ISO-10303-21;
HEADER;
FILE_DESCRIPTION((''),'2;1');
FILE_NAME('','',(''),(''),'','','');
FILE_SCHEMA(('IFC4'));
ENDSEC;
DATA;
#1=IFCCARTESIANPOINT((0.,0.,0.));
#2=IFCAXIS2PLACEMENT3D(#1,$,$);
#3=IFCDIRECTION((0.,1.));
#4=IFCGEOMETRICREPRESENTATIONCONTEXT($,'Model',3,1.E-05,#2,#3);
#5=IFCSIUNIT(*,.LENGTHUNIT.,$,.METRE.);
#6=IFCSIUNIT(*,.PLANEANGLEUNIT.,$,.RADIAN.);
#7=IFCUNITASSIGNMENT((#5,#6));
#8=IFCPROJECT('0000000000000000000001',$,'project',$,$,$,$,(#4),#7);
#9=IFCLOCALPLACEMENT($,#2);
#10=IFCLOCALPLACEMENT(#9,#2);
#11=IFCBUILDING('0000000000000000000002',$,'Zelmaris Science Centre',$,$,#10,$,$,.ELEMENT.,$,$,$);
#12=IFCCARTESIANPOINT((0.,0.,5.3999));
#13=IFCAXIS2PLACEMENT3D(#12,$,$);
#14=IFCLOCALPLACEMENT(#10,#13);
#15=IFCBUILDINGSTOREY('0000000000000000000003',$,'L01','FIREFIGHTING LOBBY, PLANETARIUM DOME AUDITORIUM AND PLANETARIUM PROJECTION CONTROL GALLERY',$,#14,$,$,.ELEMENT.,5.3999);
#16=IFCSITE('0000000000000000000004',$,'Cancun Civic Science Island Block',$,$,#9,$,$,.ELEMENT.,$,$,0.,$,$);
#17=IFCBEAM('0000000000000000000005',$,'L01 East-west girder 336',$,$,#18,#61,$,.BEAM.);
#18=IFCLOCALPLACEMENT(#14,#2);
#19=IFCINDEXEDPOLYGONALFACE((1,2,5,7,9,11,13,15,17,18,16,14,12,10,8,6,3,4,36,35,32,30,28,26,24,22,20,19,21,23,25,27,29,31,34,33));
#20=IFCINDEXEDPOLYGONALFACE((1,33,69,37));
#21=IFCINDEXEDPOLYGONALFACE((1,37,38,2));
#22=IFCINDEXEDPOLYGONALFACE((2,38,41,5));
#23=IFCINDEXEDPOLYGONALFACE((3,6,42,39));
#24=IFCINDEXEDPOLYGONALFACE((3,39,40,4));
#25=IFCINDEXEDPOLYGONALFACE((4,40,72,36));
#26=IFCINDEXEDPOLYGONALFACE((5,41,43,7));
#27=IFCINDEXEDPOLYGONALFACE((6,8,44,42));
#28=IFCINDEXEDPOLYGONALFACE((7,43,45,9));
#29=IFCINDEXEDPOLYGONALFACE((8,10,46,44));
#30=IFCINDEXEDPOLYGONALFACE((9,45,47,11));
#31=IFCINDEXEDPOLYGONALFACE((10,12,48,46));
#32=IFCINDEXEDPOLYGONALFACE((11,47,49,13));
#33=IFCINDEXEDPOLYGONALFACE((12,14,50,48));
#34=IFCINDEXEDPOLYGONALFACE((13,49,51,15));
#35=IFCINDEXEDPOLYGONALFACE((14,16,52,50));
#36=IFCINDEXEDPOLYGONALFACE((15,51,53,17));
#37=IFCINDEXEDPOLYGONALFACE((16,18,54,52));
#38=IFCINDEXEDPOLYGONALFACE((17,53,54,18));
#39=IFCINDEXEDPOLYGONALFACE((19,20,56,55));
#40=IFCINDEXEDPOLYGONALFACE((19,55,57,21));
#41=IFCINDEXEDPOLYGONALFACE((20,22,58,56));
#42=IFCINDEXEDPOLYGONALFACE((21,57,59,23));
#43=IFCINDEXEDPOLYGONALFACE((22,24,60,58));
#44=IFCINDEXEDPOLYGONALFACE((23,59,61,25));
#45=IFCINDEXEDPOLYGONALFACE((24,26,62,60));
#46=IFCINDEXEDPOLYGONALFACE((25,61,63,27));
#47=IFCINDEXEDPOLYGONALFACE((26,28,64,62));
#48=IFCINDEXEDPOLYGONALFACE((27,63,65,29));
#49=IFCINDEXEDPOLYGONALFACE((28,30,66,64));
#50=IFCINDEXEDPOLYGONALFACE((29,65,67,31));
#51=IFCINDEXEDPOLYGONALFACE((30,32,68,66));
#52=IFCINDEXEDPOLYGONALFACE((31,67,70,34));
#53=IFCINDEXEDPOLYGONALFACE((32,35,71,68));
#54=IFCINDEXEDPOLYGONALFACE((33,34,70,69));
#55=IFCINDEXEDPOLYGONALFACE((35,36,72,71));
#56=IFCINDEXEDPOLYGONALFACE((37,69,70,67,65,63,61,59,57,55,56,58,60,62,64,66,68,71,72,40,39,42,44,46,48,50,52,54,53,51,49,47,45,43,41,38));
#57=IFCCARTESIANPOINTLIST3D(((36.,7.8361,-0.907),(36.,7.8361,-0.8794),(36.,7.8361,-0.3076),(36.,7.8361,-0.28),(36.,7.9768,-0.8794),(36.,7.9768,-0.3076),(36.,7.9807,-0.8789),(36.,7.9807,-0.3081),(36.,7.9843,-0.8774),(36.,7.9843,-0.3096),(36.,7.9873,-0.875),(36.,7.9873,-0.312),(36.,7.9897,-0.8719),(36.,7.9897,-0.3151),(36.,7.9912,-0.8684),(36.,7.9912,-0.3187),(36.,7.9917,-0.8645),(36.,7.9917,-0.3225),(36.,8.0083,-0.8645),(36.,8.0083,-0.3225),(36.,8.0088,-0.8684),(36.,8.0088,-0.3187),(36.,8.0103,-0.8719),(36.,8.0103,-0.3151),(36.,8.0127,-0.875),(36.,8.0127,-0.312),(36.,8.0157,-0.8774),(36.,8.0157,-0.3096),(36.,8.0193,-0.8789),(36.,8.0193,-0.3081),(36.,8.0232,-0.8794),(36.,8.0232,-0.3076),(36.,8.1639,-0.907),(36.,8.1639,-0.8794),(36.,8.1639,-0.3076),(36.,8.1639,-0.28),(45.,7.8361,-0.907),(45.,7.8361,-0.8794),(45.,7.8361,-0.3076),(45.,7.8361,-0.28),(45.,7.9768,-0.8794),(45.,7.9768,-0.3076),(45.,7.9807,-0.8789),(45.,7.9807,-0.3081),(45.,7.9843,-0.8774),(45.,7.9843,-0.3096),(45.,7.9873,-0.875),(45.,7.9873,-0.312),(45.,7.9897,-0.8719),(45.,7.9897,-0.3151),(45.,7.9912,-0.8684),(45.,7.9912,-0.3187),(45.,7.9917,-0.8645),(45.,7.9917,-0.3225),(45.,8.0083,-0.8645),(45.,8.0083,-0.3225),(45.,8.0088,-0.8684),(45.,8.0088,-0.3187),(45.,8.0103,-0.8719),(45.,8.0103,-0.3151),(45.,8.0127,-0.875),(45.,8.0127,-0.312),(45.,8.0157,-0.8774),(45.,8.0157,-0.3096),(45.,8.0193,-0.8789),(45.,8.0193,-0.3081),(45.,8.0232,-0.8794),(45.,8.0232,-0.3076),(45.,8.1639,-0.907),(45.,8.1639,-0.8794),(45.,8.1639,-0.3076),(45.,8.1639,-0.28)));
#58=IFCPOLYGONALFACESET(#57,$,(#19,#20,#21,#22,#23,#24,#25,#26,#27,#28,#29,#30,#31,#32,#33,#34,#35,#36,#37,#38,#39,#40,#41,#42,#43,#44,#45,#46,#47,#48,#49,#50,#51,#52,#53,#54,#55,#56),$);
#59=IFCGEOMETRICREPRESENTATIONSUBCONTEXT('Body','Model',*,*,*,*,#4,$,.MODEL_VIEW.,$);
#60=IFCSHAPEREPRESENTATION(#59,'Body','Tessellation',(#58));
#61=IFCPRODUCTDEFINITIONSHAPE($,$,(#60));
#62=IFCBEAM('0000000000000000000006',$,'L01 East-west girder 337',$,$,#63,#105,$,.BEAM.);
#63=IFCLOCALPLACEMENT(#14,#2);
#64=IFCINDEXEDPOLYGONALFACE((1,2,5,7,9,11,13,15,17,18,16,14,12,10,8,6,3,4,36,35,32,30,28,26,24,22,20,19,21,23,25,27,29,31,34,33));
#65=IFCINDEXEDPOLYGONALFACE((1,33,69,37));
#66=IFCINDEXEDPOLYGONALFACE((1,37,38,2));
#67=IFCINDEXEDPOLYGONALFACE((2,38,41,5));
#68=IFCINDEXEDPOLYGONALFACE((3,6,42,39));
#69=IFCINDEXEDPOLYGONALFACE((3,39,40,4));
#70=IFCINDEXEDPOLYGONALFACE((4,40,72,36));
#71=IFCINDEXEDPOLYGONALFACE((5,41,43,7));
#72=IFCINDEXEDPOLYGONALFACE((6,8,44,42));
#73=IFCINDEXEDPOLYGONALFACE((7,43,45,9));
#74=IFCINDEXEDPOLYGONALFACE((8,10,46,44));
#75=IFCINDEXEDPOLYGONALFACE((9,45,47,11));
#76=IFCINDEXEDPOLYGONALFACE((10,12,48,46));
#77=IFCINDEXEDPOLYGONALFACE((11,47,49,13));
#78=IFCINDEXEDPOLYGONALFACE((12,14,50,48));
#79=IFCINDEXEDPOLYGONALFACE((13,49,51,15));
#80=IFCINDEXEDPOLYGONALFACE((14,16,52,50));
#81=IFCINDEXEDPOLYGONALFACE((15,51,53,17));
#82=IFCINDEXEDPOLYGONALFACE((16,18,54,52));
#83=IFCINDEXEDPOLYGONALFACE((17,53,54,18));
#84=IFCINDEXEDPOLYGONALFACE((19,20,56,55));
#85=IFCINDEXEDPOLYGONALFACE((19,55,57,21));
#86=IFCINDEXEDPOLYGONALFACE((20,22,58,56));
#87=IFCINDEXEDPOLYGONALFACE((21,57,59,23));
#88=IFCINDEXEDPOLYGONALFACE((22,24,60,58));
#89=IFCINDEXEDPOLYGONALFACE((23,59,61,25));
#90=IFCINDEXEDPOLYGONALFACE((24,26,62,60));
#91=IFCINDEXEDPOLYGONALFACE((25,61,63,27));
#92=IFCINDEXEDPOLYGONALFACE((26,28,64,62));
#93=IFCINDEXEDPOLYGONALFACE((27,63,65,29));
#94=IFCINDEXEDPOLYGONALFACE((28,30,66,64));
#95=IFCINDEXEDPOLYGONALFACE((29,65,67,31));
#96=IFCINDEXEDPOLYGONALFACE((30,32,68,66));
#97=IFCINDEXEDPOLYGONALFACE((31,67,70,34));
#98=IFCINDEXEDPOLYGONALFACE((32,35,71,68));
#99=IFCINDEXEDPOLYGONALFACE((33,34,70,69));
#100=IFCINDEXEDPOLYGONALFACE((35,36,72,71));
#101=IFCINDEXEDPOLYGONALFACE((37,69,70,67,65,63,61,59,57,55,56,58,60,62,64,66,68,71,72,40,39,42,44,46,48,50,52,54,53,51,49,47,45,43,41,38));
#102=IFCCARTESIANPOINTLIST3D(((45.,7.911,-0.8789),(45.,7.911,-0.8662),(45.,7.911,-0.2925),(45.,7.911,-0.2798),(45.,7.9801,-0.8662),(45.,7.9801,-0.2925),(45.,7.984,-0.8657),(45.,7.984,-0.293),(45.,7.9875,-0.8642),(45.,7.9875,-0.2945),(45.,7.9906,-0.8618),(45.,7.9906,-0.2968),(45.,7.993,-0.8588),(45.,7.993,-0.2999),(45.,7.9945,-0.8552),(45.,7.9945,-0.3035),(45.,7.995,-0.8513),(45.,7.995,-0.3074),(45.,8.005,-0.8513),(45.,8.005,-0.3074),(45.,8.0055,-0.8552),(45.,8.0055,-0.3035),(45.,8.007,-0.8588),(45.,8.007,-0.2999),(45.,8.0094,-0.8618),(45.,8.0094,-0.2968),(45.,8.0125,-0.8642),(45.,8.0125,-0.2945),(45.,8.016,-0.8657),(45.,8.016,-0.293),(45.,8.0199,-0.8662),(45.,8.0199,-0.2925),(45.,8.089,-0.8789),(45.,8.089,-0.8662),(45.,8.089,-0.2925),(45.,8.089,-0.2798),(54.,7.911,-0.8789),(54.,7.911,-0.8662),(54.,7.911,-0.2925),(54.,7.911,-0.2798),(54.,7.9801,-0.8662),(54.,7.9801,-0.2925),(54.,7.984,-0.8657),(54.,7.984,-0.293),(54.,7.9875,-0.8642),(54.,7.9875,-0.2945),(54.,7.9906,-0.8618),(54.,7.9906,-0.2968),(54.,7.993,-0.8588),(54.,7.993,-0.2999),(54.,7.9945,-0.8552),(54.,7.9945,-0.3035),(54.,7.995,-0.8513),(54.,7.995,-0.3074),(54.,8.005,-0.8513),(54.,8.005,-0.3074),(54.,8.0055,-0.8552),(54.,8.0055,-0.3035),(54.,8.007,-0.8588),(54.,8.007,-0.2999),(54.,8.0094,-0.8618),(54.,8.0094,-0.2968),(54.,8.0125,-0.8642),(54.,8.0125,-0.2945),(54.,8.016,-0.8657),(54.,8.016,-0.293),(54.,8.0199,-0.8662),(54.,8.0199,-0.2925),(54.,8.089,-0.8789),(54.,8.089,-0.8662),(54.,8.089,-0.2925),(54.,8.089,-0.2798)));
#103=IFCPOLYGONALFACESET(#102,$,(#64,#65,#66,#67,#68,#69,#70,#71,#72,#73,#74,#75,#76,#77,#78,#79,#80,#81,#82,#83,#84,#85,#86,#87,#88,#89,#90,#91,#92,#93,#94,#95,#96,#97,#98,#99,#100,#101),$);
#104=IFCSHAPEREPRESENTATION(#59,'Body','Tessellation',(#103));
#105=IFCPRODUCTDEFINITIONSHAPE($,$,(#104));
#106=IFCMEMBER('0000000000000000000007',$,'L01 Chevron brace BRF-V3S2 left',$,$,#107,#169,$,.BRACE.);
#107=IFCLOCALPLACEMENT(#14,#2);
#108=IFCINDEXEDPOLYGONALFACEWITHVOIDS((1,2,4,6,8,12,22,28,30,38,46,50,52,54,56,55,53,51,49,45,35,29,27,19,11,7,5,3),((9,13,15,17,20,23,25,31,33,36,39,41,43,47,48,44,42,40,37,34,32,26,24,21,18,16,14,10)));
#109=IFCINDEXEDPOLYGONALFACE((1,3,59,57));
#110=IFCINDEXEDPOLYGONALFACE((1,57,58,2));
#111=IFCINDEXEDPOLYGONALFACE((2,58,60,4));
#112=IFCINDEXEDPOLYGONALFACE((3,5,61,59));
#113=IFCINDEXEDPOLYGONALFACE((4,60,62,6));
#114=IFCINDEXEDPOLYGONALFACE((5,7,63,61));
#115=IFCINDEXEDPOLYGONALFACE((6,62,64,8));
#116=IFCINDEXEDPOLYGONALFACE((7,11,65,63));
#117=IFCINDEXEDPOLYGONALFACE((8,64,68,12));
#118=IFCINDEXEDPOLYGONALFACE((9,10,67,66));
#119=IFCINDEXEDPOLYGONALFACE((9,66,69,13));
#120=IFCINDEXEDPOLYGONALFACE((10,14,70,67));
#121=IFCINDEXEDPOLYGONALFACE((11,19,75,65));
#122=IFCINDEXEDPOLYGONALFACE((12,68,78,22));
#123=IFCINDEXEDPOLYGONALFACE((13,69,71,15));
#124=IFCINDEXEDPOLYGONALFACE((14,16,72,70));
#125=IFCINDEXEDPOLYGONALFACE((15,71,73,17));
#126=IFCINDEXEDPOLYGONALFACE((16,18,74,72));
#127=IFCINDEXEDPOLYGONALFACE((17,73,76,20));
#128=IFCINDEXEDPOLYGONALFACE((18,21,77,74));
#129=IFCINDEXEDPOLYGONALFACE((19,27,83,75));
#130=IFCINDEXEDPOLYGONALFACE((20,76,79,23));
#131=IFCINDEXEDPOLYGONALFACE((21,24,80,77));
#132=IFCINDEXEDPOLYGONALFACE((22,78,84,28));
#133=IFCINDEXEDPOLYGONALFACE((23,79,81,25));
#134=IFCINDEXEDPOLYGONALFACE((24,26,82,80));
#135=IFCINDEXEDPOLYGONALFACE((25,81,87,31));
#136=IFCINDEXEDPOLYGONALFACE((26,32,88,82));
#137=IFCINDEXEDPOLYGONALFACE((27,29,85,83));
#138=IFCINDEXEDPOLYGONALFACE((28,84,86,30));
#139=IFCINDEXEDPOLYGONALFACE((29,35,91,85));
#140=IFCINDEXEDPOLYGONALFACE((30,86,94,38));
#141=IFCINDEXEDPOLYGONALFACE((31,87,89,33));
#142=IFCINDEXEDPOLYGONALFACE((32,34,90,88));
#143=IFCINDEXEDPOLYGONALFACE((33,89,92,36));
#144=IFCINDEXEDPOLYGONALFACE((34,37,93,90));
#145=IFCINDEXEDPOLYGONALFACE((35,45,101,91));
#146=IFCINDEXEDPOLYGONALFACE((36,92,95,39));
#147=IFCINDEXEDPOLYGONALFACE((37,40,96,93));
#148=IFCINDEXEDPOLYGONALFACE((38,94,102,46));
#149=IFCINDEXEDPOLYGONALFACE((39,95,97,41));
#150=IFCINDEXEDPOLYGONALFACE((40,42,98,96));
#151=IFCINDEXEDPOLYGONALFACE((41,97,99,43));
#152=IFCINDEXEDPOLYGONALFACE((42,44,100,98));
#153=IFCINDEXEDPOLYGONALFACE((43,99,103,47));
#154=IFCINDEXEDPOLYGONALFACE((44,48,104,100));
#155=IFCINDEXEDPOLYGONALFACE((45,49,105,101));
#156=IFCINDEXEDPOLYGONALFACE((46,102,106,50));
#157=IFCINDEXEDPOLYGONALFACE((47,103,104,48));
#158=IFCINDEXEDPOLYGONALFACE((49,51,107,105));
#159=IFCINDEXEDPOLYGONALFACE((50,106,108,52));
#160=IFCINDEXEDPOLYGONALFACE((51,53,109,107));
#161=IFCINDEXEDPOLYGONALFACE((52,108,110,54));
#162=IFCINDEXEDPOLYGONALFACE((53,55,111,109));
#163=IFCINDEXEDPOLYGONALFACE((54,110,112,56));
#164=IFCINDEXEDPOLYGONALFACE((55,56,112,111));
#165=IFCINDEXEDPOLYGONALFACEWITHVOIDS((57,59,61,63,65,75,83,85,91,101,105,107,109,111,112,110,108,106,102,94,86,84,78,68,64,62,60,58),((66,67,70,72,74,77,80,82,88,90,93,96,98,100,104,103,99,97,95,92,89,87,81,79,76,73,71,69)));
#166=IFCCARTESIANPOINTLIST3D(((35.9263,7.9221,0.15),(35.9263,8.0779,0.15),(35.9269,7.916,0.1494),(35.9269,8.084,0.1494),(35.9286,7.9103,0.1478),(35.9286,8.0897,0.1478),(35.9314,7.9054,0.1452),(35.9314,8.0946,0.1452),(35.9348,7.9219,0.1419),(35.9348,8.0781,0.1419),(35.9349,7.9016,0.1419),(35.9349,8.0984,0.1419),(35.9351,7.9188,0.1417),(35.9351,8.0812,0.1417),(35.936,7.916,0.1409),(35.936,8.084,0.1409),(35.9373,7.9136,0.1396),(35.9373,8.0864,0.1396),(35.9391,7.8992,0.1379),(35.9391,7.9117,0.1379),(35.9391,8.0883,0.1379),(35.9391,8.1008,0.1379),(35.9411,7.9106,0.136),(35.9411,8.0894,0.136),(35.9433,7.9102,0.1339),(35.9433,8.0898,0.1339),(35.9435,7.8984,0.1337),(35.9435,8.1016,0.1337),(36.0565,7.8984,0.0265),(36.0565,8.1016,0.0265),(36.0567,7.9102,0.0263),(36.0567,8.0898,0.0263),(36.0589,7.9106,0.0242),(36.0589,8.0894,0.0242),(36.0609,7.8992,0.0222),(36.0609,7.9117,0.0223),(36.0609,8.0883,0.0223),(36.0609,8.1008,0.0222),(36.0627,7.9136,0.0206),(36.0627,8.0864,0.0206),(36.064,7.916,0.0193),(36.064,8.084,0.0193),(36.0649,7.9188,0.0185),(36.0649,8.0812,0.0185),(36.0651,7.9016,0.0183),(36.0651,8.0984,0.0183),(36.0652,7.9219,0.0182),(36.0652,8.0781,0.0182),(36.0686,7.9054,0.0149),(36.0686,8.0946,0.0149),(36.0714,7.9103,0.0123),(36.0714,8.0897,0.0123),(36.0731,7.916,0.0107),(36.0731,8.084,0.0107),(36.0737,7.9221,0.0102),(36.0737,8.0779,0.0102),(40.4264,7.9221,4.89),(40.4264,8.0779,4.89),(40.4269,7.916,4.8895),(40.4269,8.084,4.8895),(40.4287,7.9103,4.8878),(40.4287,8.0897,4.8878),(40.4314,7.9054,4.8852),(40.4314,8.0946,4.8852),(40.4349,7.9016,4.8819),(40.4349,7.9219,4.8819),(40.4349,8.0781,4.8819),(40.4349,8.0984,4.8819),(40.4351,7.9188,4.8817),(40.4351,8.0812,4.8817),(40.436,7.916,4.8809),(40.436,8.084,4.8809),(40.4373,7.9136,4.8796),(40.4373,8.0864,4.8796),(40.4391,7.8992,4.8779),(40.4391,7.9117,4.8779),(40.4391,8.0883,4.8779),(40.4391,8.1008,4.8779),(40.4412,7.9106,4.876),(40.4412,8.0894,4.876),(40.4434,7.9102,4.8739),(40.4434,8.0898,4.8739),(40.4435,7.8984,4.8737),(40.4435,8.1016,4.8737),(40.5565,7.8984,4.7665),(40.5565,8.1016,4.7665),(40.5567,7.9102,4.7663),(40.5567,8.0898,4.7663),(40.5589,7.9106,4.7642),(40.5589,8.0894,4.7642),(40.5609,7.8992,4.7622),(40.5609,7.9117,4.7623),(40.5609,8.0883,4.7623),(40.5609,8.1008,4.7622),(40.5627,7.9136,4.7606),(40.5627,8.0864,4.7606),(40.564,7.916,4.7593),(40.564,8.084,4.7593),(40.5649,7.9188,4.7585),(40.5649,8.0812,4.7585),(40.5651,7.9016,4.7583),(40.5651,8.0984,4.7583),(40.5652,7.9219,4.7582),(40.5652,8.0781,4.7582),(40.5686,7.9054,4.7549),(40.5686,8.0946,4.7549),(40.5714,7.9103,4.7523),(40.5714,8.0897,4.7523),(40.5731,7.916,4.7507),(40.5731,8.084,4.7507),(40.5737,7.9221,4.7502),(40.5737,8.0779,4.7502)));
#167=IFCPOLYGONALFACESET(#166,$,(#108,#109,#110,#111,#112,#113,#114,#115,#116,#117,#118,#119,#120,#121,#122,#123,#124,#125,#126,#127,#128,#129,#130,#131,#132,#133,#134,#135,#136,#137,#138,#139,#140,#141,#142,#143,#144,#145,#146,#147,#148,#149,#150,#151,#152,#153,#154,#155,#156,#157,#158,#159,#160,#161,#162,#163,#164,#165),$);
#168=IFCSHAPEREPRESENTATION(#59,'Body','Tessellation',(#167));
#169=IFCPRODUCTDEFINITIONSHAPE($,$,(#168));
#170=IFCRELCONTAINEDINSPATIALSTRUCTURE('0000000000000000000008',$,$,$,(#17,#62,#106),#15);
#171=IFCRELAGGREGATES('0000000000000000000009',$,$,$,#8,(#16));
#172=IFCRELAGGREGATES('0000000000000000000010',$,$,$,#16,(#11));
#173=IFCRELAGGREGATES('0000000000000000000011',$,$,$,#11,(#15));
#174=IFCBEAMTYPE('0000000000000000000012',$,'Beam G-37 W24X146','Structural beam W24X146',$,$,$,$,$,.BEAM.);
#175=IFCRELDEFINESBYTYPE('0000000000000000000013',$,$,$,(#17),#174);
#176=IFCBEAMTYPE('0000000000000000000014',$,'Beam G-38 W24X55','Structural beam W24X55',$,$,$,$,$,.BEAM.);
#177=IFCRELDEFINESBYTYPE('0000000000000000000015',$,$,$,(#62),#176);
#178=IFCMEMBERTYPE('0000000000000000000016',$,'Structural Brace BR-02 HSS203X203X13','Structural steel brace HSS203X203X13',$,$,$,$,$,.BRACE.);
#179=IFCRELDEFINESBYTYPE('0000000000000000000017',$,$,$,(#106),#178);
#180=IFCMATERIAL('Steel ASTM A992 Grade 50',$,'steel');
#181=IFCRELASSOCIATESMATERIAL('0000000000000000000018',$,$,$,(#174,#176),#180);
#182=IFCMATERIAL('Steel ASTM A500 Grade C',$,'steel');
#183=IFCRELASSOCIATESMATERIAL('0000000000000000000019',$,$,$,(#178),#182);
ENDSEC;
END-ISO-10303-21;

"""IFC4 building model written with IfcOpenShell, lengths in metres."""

from ifc_helpers import new_model, si_unit, direction, frame, origin, origin_2d, place, context, subcontext, project, spatial, hollow_rectangle, i_section, extrude, material, material_profile, profile_set, type_object, element, save


model = new_model("IFC4")

# Units and contexts
model_context = context("Model", 3, precision=1e-05, world=origin(), true_north=direction((0.0, 1.0)))
body_context = subcontext(model_context, "Body", "Model", "MODEL_VIEW")
ifc_project = project(units=[si_unit("LENGTHUNIT", "METRE"), si_unit("PLANEANGLEUNIT", "RADIAN")], contexts=[model_context])

# Site, building, storey
site_placement = place(None, origin())
site = spatial("IfcSite", under=ifc_project, at=site_placement, Name="Cancun Civic Science Island Block", CompositionType="ELEMENT", RefElevation=0.0)
building_placement = place(site_placement, origin())
building = spatial("IfcBuilding", under=site, at=building_placement, Name="Zelmaris Science Centre", CompositionType="ELEMENT")
storey_placement = place(building_placement, frame((0.0, 0.0, 5.3999)))
storey = spatial("IfcBuildingStorey", under=building, at=storey_placement, Name="L01", Description="FIREFIGHTING LOBBY, PLANETARIUM DOME AUDITORIUM AND PLANETARIUM PROJECTION CONTROL GALLERY", CompositionType="ELEMENT", Elevation=5.3999)

# Shared definitions
ifc_material_1 = material(Name="Steel ASTM A992 Grade 50", Category="steel")

# Beams
ifc_material_profile_1 = material_profile(ifc_material_1, i_section(OverallWidth=0.3279, OverallDepth=0.627, WebThickness=0.0166, FlangeThickness=0.0276, FilletRadius=0.0149, at=origin_2d()), Name="W24X146")
ifc_profile_set_1 = profile_set([ifc_material_profile_1], Name="Steel ASTM A992 Grade 50")
beam_type_1 = type_object("IfcBeamType", Name="Beam G-37 W24X146", Description="Structural beam W24X146", PredefinedType="BEAM", material=ifc_profile_set_1)
beam_1_placement = place(storey_placement, frame((36.0, 8.0, -0.5935), z_axis=(1.0, 0.0, 0.0), x_axis=(0.0, 1.0, 0.0)))
element("IfcBeam", 1, at=beam_1_placement, inside=storey, type_object=beam_type_1, Name="L01 East-west girder 336", PredefinedType="BEAM", context=body_context, shape_type="SweptSolid", body=[
    extrude(i_section(OverallWidth=0.3279, OverallDepth=0.627, WebThickness=0.0166, FlangeThickness=0.0276, FilletRadius=0.0149, at=origin_2d()), origin(), (0.0, 0.0, 1.0), 9.0),
])
ifc_material_profile_2 = material_profile(ifc_material_1, i_section(OverallWidth=0.178, OverallDepth=0.5991, WebThickness=0.01, FlangeThickness=0.0127, FilletRadius=0.0149, at=origin_2d()), Name="W24X55")
ifc_profile_set_2 = profile_set([ifc_material_profile_2], Name="Steel ASTM A992 Grade 50")
beam_type_2 = type_object("IfcBeamType", Name="Beam G-38 W24X55", Description="Structural beam W24X55", PredefinedType="BEAM", material=ifc_profile_set_2)
beam_2_placement = place(storey_placement, frame((45.0, 8.0, -0.5793), z_axis=(1.0, 0.0, 0.0), x_axis=(0.0, 1.0, 0.0)))
element("IfcBeam", 2, at=beam_2_placement, inside=storey, type_object=beam_type_2, Name="L01 East-west girder 337", PredefinedType="BEAM", context=body_context, shape_type="SweptSolid", body=[
    extrude(i_section(OverallWidth=0.178, OverallDepth=0.5991, WebThickness=0.01, FlangeThickness=0.0127, FilletRadius=0.0149, at=origin_2d()), origin(), (0.0, 0.0, 1.0), 9.0),
])

# Member
ifc_material_2 = material(Name="Steel ASTM A500 Grade C", Category="steel")
ifc_material_profile_3 = material_profile(ifc_material_2, hollow_rectangle(XDim=0.2031, YDim=0.2031, WallThickness=0.0117, InnerFilletRadius=0.0117, OuterFilletRadius=0.0237, at=origin_2d()), Name="HSS203X203X13")
ifc_profile_set_3 = profile_set([ifc_material_profile_3], Name="Steel ASTM A500 Grade C")
member_type_1 = type_object("IfcMemberType", Name="Structural Brace BR-02 HSS203X203X13", Description="Structural steel brace HSS203X203X13", PredefinedType="BRACE", material=ifc_profile_set_3)
for number, where, z_axis, x_axis, name in (
    (3, (36.0, 8.0, 0.0801), (0.688509, 0.0, 0.725228), (0.0, 1.0, 0.0), "L01 Chevron brace BRF-V3S2 left"),
):
    element("IfcMember", number, at=place(storey_placement, frame(where, z_axis=z_axis, x_axis=x_axis)), inside=storey, type_object=member_type_1, Name=name, PredefinedType="BRACE", context=body_context, shape_type="SweptSolid", body=[
        extrude(hollow_rectangle(XDim=0.2031, YDim=0.2031, WallThickness=0.0117, InnerFilletRadius=0.0117, OuterFilletRadius=0.0237, at=origin_2d()), origin(), (0.0, 0.0, 1.0), 6.5359),
    ])

save(model, "model.ifc")
